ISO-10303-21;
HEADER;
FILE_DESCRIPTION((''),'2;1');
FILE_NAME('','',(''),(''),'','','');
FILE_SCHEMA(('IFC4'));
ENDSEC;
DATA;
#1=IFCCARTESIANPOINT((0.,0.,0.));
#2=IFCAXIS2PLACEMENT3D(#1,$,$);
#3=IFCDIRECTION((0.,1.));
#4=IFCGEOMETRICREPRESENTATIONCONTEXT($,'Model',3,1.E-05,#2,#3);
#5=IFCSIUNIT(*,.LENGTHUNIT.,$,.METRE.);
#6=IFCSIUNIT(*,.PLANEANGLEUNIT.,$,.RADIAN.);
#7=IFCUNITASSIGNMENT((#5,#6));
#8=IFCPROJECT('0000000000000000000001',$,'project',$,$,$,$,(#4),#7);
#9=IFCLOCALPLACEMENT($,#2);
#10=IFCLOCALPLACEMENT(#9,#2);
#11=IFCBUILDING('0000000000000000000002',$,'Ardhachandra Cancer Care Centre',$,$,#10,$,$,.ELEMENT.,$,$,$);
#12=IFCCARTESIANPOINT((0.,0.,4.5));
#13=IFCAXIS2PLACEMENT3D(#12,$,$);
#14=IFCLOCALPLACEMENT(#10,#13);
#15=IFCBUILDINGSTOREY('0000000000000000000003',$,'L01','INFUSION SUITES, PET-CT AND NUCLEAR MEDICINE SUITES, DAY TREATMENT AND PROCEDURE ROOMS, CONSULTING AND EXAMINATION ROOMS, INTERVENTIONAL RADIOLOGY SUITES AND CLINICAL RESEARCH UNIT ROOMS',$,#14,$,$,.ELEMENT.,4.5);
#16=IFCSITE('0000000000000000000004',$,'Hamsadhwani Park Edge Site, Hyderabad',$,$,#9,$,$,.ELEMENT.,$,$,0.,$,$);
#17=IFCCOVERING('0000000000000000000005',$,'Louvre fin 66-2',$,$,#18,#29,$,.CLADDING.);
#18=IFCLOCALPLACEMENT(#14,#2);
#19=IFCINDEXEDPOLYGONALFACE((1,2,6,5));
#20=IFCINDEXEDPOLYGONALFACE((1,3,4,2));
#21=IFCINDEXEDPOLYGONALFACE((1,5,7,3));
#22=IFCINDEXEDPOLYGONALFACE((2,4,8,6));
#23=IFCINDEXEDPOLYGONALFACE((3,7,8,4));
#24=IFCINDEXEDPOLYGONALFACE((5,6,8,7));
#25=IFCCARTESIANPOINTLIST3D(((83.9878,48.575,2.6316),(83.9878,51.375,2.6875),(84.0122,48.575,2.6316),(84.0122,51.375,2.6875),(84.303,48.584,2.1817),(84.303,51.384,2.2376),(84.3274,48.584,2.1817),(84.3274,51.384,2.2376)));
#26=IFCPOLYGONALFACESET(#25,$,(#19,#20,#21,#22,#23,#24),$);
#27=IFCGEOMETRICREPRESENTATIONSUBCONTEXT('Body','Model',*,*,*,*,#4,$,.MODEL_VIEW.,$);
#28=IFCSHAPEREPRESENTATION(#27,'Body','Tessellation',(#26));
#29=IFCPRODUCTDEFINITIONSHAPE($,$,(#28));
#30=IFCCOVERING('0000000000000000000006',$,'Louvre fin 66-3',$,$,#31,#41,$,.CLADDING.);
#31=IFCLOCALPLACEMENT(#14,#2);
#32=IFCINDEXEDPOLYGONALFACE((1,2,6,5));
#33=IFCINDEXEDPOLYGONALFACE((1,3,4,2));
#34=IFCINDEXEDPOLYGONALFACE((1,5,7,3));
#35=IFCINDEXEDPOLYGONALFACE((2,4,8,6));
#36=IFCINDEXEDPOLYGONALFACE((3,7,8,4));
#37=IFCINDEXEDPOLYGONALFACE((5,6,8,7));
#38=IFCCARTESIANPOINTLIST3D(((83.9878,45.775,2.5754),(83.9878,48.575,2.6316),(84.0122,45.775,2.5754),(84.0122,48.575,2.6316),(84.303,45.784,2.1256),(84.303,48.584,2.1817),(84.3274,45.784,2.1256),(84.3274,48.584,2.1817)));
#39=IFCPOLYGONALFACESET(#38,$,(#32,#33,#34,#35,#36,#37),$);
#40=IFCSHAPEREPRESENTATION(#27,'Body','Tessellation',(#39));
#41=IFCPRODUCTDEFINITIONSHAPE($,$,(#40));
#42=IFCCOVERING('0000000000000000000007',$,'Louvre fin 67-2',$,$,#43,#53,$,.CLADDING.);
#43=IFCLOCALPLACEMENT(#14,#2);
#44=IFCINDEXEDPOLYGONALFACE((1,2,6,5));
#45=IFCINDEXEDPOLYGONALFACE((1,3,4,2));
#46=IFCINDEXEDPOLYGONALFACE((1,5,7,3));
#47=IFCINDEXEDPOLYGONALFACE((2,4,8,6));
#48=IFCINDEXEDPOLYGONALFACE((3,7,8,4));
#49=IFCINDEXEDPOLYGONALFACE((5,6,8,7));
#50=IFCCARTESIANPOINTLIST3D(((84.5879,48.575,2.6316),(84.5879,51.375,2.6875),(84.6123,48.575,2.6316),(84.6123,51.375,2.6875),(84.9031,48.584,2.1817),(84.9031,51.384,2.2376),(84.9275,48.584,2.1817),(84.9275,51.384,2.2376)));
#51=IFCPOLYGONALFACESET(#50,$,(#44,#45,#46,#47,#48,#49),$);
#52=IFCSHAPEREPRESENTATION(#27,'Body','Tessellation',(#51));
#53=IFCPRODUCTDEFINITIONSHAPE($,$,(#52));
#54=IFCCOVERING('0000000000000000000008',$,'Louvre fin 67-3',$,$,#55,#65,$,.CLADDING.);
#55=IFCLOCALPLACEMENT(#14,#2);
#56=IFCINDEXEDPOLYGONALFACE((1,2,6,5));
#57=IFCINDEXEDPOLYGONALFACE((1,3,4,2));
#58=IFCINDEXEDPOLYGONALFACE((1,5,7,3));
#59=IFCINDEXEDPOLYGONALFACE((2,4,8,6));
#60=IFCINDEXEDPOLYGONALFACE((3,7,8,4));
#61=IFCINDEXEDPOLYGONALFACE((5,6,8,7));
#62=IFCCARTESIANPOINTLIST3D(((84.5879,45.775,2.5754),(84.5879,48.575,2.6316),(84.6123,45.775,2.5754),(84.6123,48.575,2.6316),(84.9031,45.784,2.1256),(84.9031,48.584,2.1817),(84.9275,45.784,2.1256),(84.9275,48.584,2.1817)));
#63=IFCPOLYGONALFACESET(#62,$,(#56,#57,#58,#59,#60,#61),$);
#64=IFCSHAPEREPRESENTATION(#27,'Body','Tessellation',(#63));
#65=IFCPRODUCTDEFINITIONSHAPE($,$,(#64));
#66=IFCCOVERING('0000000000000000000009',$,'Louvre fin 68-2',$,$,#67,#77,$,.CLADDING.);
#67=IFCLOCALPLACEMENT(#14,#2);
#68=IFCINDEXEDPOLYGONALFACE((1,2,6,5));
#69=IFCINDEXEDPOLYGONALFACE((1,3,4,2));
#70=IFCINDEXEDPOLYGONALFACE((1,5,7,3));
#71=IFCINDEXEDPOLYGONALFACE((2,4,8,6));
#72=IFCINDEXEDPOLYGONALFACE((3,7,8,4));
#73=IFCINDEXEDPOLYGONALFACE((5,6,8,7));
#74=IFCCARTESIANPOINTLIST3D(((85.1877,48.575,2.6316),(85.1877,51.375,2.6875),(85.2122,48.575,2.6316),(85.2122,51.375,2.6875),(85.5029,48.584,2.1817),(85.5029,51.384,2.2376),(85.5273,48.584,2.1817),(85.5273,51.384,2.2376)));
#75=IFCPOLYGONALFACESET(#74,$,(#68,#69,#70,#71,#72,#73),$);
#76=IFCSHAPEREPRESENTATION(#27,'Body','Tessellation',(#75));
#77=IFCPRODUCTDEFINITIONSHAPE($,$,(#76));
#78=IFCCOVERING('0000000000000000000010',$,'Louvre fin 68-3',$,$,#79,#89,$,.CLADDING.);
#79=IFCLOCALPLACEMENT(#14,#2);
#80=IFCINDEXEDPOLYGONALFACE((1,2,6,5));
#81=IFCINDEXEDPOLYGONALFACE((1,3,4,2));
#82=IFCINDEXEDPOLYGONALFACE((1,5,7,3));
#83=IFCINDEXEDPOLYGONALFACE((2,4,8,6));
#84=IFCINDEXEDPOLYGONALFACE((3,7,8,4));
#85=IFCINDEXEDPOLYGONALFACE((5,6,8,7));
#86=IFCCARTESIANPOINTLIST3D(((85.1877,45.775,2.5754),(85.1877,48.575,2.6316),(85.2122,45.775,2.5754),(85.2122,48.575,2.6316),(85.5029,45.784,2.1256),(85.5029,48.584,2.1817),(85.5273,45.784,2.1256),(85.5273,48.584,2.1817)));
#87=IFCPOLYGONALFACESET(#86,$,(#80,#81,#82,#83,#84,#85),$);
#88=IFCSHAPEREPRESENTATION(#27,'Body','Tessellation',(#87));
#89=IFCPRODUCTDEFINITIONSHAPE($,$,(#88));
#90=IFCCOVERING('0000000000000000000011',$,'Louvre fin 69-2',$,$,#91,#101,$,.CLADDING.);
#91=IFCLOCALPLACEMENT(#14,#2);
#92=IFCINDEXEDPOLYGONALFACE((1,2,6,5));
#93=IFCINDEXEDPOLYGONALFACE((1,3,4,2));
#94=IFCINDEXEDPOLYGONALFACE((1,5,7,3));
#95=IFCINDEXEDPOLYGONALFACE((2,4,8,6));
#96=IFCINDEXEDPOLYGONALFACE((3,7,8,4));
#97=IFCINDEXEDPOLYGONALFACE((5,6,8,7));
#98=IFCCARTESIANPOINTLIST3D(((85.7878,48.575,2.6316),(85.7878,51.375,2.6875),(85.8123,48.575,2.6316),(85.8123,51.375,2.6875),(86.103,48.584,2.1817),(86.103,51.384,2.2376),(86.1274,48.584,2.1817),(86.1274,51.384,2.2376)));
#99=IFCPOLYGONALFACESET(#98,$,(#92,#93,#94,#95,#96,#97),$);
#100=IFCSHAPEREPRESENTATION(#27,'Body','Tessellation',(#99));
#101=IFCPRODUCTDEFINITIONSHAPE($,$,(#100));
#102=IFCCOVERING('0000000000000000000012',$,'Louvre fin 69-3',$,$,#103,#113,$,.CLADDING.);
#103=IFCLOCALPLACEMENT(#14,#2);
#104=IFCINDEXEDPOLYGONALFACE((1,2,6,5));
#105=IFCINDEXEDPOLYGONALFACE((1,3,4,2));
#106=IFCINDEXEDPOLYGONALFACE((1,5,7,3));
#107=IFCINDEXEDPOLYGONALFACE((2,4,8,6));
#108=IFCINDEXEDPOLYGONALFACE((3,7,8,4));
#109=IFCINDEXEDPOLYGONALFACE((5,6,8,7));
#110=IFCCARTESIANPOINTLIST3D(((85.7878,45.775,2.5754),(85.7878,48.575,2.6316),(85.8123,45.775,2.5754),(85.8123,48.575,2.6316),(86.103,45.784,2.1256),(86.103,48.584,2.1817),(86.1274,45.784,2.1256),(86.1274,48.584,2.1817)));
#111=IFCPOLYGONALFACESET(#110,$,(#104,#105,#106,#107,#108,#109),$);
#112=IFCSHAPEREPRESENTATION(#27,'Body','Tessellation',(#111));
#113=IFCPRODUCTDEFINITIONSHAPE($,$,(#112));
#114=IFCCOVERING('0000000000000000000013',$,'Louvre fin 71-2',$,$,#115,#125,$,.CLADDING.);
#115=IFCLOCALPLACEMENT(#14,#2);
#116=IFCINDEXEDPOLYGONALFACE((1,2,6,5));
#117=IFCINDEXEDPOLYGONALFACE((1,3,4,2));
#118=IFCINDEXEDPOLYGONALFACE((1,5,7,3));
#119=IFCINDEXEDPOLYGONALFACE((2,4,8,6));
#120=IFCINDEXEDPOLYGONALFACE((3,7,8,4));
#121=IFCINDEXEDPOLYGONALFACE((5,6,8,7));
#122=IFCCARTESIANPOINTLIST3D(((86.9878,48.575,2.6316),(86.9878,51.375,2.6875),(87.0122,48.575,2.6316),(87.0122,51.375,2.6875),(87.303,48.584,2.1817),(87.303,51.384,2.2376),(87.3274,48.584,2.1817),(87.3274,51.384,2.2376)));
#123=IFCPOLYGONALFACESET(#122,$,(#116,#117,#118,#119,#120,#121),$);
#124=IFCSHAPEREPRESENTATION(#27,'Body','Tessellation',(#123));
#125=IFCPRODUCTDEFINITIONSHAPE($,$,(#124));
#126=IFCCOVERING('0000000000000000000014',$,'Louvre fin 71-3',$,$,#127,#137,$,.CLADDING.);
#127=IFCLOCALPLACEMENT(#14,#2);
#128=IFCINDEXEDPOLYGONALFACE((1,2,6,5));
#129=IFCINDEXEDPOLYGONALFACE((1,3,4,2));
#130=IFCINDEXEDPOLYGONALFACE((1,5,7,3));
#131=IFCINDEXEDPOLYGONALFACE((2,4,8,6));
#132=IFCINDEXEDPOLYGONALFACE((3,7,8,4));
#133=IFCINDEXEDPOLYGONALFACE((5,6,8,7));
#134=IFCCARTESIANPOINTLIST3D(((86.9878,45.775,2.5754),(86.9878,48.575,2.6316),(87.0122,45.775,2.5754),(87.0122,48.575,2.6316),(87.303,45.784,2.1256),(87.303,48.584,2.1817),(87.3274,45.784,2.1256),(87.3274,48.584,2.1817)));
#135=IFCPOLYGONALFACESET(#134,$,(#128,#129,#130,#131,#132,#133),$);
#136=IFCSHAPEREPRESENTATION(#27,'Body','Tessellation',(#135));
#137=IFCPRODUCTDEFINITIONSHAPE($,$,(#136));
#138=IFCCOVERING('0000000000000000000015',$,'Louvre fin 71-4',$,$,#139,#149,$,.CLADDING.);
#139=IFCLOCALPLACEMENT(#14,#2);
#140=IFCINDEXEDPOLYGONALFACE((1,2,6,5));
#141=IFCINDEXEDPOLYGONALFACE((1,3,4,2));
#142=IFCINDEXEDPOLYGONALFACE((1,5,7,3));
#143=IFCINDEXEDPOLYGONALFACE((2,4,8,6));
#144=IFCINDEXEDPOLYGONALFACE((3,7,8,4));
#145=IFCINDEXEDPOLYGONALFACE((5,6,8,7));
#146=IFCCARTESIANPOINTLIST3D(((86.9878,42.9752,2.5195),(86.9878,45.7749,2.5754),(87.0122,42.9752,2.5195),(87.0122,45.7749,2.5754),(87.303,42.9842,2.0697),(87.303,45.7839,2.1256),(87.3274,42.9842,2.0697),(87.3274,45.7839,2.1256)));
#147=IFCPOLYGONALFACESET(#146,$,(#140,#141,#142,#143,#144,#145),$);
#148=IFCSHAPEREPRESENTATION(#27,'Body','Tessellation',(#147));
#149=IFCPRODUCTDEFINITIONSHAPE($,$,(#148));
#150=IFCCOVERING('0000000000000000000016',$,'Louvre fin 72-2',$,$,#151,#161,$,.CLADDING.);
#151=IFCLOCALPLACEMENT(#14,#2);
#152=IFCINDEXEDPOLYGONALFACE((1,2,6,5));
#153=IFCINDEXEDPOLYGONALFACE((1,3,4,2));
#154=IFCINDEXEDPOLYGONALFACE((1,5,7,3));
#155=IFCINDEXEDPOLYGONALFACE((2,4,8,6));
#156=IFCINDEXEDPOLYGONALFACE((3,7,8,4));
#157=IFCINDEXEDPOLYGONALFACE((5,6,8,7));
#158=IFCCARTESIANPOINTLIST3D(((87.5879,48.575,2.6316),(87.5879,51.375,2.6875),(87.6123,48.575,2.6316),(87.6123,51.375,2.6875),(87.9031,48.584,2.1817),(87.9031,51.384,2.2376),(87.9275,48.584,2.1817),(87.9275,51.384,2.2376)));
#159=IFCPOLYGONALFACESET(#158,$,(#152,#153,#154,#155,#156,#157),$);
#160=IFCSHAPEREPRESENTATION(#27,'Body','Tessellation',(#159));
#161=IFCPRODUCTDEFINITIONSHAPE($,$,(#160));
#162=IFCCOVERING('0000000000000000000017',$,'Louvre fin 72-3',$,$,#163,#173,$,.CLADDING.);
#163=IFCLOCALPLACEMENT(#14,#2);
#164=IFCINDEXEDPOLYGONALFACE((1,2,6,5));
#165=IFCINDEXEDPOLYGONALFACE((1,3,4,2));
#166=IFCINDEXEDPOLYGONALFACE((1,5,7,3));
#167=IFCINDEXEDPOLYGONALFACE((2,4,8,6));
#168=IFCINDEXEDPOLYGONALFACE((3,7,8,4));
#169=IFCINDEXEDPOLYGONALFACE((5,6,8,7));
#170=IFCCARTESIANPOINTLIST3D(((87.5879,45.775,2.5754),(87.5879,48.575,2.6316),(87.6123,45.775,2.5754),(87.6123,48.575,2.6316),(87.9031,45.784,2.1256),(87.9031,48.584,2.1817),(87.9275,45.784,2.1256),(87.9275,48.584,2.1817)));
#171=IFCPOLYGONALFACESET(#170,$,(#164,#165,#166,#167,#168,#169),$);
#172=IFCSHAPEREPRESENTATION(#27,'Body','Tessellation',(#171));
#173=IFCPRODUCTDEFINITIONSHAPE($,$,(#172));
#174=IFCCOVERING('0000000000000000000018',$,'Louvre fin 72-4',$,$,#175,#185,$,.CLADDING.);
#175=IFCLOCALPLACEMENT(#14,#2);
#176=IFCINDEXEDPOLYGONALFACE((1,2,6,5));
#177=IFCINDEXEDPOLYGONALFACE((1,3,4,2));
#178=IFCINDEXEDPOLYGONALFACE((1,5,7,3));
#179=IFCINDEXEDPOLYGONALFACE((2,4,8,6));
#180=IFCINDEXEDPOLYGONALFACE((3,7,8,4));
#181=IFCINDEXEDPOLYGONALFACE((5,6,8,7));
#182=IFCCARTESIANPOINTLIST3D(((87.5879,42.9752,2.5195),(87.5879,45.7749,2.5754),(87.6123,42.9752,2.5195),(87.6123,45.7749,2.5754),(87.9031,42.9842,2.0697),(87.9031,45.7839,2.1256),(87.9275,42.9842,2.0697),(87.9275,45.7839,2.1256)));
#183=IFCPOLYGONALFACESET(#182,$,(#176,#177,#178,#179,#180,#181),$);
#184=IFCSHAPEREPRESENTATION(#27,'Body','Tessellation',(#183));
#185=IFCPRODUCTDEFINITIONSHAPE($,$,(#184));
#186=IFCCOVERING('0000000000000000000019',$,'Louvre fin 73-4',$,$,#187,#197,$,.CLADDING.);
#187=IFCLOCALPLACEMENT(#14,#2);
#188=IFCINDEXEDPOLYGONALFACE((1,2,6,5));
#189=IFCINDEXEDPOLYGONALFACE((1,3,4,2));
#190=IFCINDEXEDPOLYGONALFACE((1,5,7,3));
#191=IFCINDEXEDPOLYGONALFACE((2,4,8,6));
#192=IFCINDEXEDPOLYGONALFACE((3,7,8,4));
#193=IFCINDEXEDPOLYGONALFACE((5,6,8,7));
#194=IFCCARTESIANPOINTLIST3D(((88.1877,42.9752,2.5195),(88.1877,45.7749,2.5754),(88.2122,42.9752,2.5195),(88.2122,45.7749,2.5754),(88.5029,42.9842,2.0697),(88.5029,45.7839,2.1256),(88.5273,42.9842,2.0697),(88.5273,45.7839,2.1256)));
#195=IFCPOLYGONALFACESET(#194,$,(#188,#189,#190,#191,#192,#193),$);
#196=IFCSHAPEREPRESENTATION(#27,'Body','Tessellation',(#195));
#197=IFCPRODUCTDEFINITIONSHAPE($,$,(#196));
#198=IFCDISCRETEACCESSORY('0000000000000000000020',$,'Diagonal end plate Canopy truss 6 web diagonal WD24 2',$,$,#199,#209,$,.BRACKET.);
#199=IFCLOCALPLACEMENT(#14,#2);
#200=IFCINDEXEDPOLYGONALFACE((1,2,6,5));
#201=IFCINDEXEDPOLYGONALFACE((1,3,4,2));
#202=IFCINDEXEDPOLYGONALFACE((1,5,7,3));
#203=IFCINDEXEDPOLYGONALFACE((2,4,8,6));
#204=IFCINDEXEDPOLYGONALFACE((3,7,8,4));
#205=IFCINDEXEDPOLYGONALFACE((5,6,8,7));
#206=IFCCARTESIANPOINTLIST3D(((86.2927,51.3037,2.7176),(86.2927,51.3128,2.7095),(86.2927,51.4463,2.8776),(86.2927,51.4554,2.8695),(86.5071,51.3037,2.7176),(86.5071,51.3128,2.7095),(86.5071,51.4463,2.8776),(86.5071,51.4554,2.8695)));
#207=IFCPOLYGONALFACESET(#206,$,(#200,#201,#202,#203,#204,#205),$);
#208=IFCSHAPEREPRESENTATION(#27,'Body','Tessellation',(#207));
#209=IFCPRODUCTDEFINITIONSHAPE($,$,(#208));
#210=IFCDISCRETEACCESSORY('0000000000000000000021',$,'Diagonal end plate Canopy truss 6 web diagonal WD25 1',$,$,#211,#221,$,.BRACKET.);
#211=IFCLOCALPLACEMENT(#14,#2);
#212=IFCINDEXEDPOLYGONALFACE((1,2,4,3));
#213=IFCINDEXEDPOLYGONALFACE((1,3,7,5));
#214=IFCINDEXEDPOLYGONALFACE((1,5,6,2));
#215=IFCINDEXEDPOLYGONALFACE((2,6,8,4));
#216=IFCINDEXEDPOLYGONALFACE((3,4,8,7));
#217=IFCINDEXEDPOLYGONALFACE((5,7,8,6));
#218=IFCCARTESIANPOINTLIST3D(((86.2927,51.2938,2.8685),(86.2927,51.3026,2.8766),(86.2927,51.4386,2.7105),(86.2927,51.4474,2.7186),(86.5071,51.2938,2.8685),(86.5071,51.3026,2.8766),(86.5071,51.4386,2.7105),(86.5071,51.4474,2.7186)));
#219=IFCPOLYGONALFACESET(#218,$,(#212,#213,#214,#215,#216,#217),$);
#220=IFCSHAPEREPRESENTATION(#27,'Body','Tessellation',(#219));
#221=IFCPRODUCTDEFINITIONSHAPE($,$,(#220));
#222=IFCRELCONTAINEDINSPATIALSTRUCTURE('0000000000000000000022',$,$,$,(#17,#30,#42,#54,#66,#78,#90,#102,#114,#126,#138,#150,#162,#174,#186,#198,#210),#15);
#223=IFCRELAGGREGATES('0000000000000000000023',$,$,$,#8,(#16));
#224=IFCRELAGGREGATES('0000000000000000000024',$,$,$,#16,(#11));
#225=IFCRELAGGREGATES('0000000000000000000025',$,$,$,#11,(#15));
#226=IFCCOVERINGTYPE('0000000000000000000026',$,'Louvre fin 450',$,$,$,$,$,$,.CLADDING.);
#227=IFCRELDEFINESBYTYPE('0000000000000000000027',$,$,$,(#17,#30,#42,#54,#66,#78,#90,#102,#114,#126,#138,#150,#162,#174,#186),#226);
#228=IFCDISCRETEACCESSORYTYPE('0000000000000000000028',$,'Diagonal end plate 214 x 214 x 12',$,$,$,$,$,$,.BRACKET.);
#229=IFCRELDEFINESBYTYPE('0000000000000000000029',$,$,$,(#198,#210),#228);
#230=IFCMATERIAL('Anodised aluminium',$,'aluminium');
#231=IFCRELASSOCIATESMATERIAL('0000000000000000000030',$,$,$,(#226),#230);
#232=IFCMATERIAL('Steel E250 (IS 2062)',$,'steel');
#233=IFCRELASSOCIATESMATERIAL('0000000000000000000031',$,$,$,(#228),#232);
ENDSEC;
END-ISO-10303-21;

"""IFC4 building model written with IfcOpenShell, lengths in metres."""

from ifc_helpers import new_model, si_unit, direction, frame, origin, origin_2d, place, context, subcontext, project, spatial, polyline, rectangle, outline, extrude, material, material_profile, profile_set, type_object, element, save


model = new_model("IFC4")

# Units and contexts
model_context = context("Model", 3, precision=1e-05, world=origin(), true_north=direction((0.0, 1.0)))
body_context = subcontext(model_context, "Body", "Model", "MODEL_VIEW")
ifc_project = project(units=[si_unit("LENGTHUNIT", "METRE"), si_unit("PLANEANGLEUNIT", "RADIAN")], contexts=[model_context])

# Site, building, storey
site_placement = place(None, origin())
site = spatial("IfcSite", under=ifc_project, at=site_placement, Name="Hamsadhwani Park Edge Site, Hyderabad", CompositionType="ELEMENT", RefElevation=0.0)
building_placement = place(site_placement, origin())
building = spatial("IfcBuilding", under=site, at=building_placement, Name="Ardhachandra Cancer Care Centre", CompositionType="ELEMENT")
storey_placement = place(building_placement, frame((0.0, 0.0, 4.5)))
storey = spatial("IfcBuildingStorey", under=building, at=storey_placement, Name="L01", Description="INFUSION SUITES, PET-CT AND NUCLEAR MEDICINE SUITES, DAY TREATMENT AND PROCEDURE ROOMS, CONSULTING AND EXAMINATION ROOMS, INTERVENTIONAL RADIOLOGY SUITES AND CLINICAL RESEARCH UNIT ROOMS", CompositionType="ELEMENT", Elevation=4.5)

# Coverings
ifc_material_1 = material(Name="Anodised aluminium", Category="aluminium")
ifc_material_profile_1 = material_profile(ifc_material_1, outline(polyline([(-0.0122, 0.0), (0.0122, 0.0), (0.3274, -0.45), (0.303, -0.45), (-0.0122, 0.0)])), Name="Louvre fin 450")
ifc_profile_set_1 = profile_set([ifc_material_profile_1], Name="Anodised aluminium")
covering_type = type_object("IfcCoveringType", Name="Louvre fin 450", PredefinedType="CLADDING", material=ifc_profile_set_1)
for number, where, z_axis, x_axis, name in (
    (1, (84.0, 51.375, 2.6875), (0.0, -0.999801, -0.019963), (1.0, 0.0, 0.0), "Louvre fin 66-2"),
    (2, (84.0, 48.575, 2.6316), (0.0, -0.999799, -0.02005), (1.0, 0.0, 0.0), "Louvre fin 66-3"),
    (3, (84.6001, 51.375, 2.6875), (0.0, -0.999801, -0.019963), (1.0, 0.0, 0.0), "Louvre fin 67-2"),
    (4, (84.6001, 48.575, 2.6316), (0.0, -0.999799, -0.02005), (1.0, 0.0, 0.0), "Louvre fin 67-3"),
    (5, (85.2, 51.375, 2.6875), (0.0, -0.999801, -0.019963), (1.0, 0.0, 0.0), "Louvre fin 68-2"),
    (6, (85.2, 48.575, 2.6316), (0.0, -0.999799, -0.02005), (1.0, 0.0, 0.0), "Louvre fin 68-3"),
    (7, (85.8, 51.375, 2.6875), (0.0, -0.999801, -0.019963), (1.0, 0.0, 0.0), "Louvre fin 69-2"),
    (8, (85.8, 48.575, 2.6316), (0.0, -0.999799, -0.02005), (1.0, 0.0, 0.0), "Louvre fin 69-3"),
    (9, (87.0, 51.375, 2.6875), (0.0, -0.999801, -0.019963), (1.0, 0.0, 0.0), "Louvre fin 71-2"),
    (10, (87.0, 48.575, 2.6316), (0.0, -0.999799, -0.02005), (1.0, 0.0, 0.0), "Louvre fin 71-3"),
):
    element("IfcCovering", number, at=place(storey_placement, frame(where, z_axis=z_axis, x_axis=x_axis)), inside=storey, type_object=covering_type, Name=name, PredefinedType="CLADDING", context=body_context, shape_type="SweptSolid", body=[
        extrude(outline(polyline([(-0.0122, 0.0), (0.0122, 0.0), (0.3274, -0.45), (0.303, -0.45), (-0.0122, 0.0)])), origin(), (0.0, 0.0, 1.0), 2.8005),
    ])
covering_placement = place(storey_placement, frame((87.0, 45.7749, 2.5754), z_axis=(0.0, -0.999801, -0.019965), x_axis=(1.0, 0.0, 0.0)))
element("IfcCovering", 11, at=covering_placement, inside=storey, type_object=covering_type, Name="Louvre fin 71-4", PredefinedType="CLADDING", context=body_context, shape_type="SweptSolid", body=[
    extrude(outline(polyline([(-0.0122, 0.0), (0.0122, 0.0), (0.3274, -0.45), (0.303, -0.45), (-0.0122, 0.0)])), origin(), (0.0, 0.0, 1.0), 2.8003),
])
for number, where, z_axis, x_axis, name in (
    (12, (87.6001, 51.375, 2.6875), (0.0, -0.999801, -0.019963), (1.0, 0.0, 0.0), "Louvre fin 72-2"),
    (13, (87.6001, 48.575, 2.6316), (0.0, -0.999799, -0.02005), (1.0, 0.0, 0.0), "Louvre fin 72-3"),
):
    element("IfcCovering", number, at=place(storey_placement, frame(where, z_axis=z_axis, x_axis=x_axis)), inside=storey, type_object=covering_type, Name=name, PredefinedType="CLADDING", context=body_context, shape_type="SweptSolid", body=[
        extrude(outline(polyline([(-0.0122, 0.0), (0.0122, 0.0), (0.3274, -0.45), (0.303, -0.45), (-0.0122, 0.0)])), origin(), (0.0, 0.0, 1.0), 2.8005),
    ])
for number, where, z_axis, x_axis, name in (
    (14, (87.6001, 45.7749, 2.5754), (0.0, -0.999801, -0.019965), (1.0, 0.0, 0.0), "Louvre fin 72-4"),
    (15, (88.2, 45.7749, 2.5754), (0.0, -0.999801, -0.019965), (1.0, 0.0, 0.0), "Louvre fin 73-4"),
):
    element("IfcCovering", number, at=place(storey_placement, frame(where, z_axis=z_axis, x_axis=x_axis)), inside=storey, type_object=covering_type, Name=name, PredefinedType="CLADDING", context=body_context, shape_type="SweptSolid", body=[
        extrude(outline(polyline([(-0.0122, 0.0), (0.0122, 0.0), (0.3274, -0.45), (0.303, -0.45), (-0.0122, 0.0)])), origin(), (0.0, 0.0, 1.0), 2.8003),
    ])

# Discrete accessories
ifc_material_2 = material(Name="Steel E250 (IS 2062)", Category="steel")
ifc_material_profile_2 = material_profile(ifc_material_2, rectangle(XDim=0.2144, YDim=0.2144, at=origin_2d()), Name="PL 214x214x12")
ifc_profile_set_2 = profile_set([ifc_material_profile_2], Name="Steel E250 (IS 2062)")
discrete_accessory_type = type_object("IfcDiscreteAccessoryType", Name="Diagonal end plate 214 x 214 x 12", PredefinedType="BRACKET", material=ifc_profile_set_2)
discrete_accessory_1_placement = place(storey_placement, frame((86.3999, 51.375, 2.7976), z_axis=(0.0, 0.746295, -0.665615), x_axis=(-1.0, 0.0, 0.0)))
element("IfcDiscreteAccessory", 16, at=discrete_accessory_1_placement, inside=storey, type_object=discrete_accessory_type, Name="Diagonal end plate Canopy truss 6 web diagonal WD24 2", PredefinedType="BRACKET", context=body_context, shape_type="SweptSolid", body=[
    extrude(rectangle(XDim=0.2144, YDim=0.2144, at=origin_2d()), origin(), (0.0, 0.0, 1.0), 0.0122),
])
for number, where, z_axis, x_axis, name in (
    (17, (86.3999, 51.375, 2.7976), (0.0, -0.737154, -0.675725), (1.0, 0.0, 0.0), "Diagonal end plate Canopy truss 6 web diagonal WD25 1"),
):
    element("IfcDiscreteAccessory", number, at=place(storey_placement, frame(where, z_axis=z_axis, x_axis=x_axis)), inside=storey, type_object=discrete_accessory_type, Name=name, PredefinedType="BRACKET", context=body_context, shape_type="SweptSolid", body=[
        extrude(rectangle(XDim=0.2144, YDim=0.2144, at=origin_2d()), origin(), (0.0, 0.0, 1.0), 0.012),
    ])

save(model, "model.ifc")
